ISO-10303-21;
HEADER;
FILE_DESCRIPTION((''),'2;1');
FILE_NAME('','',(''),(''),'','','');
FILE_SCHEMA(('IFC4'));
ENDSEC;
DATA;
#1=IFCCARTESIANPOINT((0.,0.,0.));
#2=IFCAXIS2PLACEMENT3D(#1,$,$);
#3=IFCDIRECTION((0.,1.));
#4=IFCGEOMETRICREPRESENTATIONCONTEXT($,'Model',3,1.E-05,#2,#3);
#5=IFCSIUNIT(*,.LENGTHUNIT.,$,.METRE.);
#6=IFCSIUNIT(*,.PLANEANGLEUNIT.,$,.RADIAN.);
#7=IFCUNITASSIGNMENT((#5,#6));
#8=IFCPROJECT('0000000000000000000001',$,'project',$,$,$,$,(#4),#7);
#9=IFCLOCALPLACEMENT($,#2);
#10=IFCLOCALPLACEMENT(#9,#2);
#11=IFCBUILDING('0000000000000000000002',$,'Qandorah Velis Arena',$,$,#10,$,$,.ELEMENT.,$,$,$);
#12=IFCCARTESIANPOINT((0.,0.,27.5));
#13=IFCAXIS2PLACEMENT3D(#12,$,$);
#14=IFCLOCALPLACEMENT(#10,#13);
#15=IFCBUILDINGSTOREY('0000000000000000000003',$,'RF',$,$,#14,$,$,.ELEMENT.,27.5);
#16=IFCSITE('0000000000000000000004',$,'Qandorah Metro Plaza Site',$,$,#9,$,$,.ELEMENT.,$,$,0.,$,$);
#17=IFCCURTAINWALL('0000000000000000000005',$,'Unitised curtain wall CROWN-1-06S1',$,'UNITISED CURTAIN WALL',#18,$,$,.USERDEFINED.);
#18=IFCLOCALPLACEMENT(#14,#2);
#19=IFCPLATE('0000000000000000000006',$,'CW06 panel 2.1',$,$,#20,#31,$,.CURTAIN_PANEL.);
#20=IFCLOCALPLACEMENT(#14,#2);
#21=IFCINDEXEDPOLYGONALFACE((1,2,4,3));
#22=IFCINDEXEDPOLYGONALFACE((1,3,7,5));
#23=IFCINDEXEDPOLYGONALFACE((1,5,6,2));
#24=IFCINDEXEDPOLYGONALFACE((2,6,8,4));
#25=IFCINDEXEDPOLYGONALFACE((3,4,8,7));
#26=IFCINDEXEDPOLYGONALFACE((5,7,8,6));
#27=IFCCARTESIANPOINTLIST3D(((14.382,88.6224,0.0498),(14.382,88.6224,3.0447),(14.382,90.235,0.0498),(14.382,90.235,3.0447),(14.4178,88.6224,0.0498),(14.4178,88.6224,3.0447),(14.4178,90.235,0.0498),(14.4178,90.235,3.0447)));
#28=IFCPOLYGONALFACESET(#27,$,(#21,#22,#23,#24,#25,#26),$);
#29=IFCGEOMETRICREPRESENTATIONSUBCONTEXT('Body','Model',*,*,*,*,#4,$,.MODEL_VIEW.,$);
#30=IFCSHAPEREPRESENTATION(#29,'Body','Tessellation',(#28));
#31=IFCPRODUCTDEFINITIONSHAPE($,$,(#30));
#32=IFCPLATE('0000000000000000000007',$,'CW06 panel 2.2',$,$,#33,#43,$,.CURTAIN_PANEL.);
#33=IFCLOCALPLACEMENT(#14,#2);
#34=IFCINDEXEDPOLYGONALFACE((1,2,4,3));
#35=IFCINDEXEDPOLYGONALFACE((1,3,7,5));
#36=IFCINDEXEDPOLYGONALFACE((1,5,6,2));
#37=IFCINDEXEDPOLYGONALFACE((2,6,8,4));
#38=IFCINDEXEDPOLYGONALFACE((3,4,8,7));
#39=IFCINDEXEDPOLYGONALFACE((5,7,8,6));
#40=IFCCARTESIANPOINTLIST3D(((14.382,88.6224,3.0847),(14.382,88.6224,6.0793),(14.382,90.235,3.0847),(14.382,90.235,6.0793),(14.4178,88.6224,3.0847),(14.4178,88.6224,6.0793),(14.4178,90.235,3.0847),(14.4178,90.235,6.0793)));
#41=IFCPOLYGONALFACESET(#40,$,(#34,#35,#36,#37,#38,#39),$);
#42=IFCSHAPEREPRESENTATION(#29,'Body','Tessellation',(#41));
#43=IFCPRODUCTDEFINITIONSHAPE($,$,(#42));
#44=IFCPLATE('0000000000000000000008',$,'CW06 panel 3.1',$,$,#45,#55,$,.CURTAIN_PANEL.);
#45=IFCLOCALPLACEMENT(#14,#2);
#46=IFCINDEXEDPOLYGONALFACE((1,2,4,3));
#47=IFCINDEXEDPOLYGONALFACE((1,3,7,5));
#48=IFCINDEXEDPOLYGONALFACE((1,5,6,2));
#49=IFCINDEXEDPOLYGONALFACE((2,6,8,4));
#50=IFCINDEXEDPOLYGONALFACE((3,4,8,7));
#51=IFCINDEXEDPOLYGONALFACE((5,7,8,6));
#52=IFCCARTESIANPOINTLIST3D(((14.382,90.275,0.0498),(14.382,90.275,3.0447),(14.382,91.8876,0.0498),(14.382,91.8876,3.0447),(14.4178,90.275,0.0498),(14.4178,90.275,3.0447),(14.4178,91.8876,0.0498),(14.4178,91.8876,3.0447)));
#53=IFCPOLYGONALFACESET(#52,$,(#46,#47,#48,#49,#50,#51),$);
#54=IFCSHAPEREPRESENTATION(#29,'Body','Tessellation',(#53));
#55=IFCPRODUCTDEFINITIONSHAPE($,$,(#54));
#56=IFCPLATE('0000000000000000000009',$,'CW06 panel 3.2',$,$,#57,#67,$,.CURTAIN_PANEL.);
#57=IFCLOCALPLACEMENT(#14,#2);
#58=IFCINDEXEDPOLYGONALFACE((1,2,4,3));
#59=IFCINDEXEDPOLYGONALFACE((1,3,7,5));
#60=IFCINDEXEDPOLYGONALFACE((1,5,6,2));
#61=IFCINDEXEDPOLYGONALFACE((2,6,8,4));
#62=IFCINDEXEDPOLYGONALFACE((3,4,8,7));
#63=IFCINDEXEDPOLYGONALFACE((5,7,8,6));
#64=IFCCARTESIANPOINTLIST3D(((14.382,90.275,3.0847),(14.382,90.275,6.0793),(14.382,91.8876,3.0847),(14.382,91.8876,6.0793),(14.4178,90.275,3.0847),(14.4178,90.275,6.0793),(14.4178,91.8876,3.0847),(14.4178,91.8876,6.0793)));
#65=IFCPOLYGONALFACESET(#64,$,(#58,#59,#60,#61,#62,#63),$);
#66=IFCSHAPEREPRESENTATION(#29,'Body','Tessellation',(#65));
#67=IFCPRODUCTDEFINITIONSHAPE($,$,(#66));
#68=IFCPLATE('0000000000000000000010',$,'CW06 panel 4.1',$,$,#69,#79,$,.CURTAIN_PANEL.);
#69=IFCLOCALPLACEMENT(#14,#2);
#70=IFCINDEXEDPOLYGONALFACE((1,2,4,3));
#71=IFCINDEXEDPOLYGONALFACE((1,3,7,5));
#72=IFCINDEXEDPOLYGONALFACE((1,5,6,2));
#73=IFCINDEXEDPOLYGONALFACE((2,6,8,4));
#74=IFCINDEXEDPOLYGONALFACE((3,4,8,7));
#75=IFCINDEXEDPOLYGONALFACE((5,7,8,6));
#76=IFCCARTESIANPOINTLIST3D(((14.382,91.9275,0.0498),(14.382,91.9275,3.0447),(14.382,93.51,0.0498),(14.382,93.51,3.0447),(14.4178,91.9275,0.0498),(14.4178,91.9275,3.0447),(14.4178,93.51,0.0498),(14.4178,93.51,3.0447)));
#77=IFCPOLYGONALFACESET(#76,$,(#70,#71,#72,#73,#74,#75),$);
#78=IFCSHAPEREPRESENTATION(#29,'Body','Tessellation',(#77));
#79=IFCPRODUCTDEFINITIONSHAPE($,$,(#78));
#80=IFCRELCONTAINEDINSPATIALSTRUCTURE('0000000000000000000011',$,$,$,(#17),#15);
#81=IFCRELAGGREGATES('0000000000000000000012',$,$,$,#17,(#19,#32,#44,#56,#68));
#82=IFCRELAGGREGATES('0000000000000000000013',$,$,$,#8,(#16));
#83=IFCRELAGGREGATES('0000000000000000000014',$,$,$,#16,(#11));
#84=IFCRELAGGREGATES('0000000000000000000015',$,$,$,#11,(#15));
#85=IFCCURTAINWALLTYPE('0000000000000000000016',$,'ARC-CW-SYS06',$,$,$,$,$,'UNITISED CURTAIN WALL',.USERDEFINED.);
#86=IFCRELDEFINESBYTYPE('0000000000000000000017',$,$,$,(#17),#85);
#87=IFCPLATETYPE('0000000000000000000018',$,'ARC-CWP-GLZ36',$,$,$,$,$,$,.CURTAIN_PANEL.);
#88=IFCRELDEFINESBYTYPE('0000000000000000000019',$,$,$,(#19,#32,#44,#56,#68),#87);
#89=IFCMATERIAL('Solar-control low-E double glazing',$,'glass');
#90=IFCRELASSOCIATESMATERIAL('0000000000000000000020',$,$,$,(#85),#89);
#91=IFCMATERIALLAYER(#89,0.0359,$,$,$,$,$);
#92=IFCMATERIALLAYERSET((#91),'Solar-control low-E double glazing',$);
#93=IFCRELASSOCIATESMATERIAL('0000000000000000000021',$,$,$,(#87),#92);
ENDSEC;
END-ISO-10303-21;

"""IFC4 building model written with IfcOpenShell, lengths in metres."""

from ifc_helpers import new_model, si_unit, direction, frame, origin, origin_2d, place, context, subcontext, project, spatial, rectangle, extrude, material, layer, layer_set, type_object, element, aggregate, save


model = new_model("IFC4")

# Units and contexts
model_context = context("Model", 3, precision=1e-05, world=origin(), true_north=direction((0.0, 1.0)))
body_context = subcontext(model_context, "Body", "Model", "MODEL_VIEW")
ifc_project = project(units=[si_unit("LENGTHUNIT", "METRE"), si_unit("PLANEANGLEUNIT", "RADIAN")], contexts=[model_context])

# Site, building, storey
site_placement = place(None, origin())
site = spatial("IfcSite", under=ifc_project, at=site_placement, Name="Qandorah Metro Plaza Site", CompositionType="ELEMENT", RefElevation=0.0)
building_placement = place(site_placement, origin())
building = spatial("IfcBuilding", under=site, at=building_placement, Name="Qandorah Velis Arena", CompositionType="ELEMENT")
storey_placement = place(building_placement, frame((0.0, 0.0, 27.5)))
storey = spatial("IfcBuildingStorey", under=building, at=storey_placement, Name="RF", CompositionType="ELEMENT", Elevation=27.5)

# Curtain wall
ifc_material_1 = material(Name="Solar-control low-E double glazing", Category="glass")
curtain_wall_type_1 = type_object("IfcCurtainWallType", Name="ARC-CW-SYS06", ElementType="UNITISED CURTAIN WALL", PredefinedType="USERDEFINED", material=ifc_material_1)
curtain_wall_1_placement = place(storey_placement, origin())
curtain_wall_1 = element("IfcCurtainWall", 1, at=curtain_wall_1_placement, inside=storey, type_object=curtain_wall_type_1, Name="Unitised curtain wall CROWN-1-06S1", ObjectType="UNITISED CURTAIN WALL", PredefinedType="USERDEFINED")

# Plates
ifc_layer_1 = layer(ifc_material_1, 0.0359)
ifc_layer_set_1 = layer_set([ifc_layer_1], Name="Solar-control low-E double glazing")
plate_type_1 = type_object("IfcPlateType", Name="ARC-CWP-GLZ36", PredefinedType="CURTAIN_PANEL", material=ifc_layer_set_1)
plate_1_placement = place(storey_placement, frame((14.3999, 89.4287, 0.0498), z_axis=(0.0, 0.0, 1.0), x_axis=(0.0, 1.0, 0.0)))
plate_1 = element("IfcPlate", 2, at=plate_1_placement, type_object=plate_type_1, Name="CW06 panel 2.1", PredefinedType="CURTAIN_PANEL", context=body_context, shape_type="SweptSolid", body=[
    extrude(rectangle(XDim=1.6125, YDim=0.0359, at=origin_2d()), origin(), (0.0, 0.0, 1.0), 2.9949),
])
plate_2_placement = place(storey_placement, frame((14.3999, 89.4287, 3.0847), z_axis=(0.0, 0.0, 1.0), x_axis=(0.0, 1.0, 0.0)))
plate_2 = element("IfcPlate", 3, at=plate_2_placement, type_object=plate_type_1, Name="CW06 panel 2.2", PredefinedType="CURTAIN_PANEL", context=body_context, shape_type="SweptSolid", body=[
    extrude(rectangle(XDim=1.6125, YDim=0.0359, at=origin_2d()), origin(), (0.0, 0.0, 1.0), 2.9946),
])
plate_3_placement = place(storey_placement, frame((14.3999, 91.0813, 0.0498), z_axis=(0.0, 0.0, 1.0), x_axis=(0.0, 1.0, 0.0)))
plate_3 = element("IfcPlate", 4, at=plate_3_placement, type_object=plate_type_1, Name="CW06 panel 3.1", PredefinedType="CURTAIN_PANEL", context=body_context, shape_type="SweptSolid", body=[
    extrude(rectangle(XDim=1.6125, YDim=0.0359, at=origin_2d()), origin(), (0.0, 0.0, 1.0), 2.9949),
])
plate_4_placement = place(storey_placement, frame((14.3999, 91.0813, 3.0847), z_axis=(0.0, 0.0, 1.0), x_axis=(0.0, 1.0, 0.0)))
plate_4 = element("IfcPlate", 5, at=plate_4_placement, type_object=plate_type_1, Name="CW06 panel 3.2", PredefinedType="CURTAIN_PANEL", context=body_context, shape_type="SweptSolid", body=[
    extrude(rectangle(XDim=1.6125, YDim=0.0359, at=origin_2d()), origin(), (0.0, 0.0, 1.0), 2.9946),
])
plate_5_placement = place(storey_placement, frame((14.3999, 92.7188, 0.0498), z_axis=(0.0, 0.0, 1.0), x_axis=(0.0, 1.0, 0.0)))
plate_5 = element("IfcPlate", 6, at=plate_5_placement, type_object=plate_type_1, Name="CW06 panel 4.1", PredefinedType="CURTAIN_PANEL", context=body_context, shape_type="SweptSolid", body=[
    extrude(rectangle(XDim=1.5825, YDim=0.0359, at=origin_2d()), origin(), (0.0, 0.0, 1.0), 2.9949),
])
aggregate(curtain_wall_1, [plate_1, plate_2, plate_3, plate_4, plate_5])

save(model, "model.ifc")
